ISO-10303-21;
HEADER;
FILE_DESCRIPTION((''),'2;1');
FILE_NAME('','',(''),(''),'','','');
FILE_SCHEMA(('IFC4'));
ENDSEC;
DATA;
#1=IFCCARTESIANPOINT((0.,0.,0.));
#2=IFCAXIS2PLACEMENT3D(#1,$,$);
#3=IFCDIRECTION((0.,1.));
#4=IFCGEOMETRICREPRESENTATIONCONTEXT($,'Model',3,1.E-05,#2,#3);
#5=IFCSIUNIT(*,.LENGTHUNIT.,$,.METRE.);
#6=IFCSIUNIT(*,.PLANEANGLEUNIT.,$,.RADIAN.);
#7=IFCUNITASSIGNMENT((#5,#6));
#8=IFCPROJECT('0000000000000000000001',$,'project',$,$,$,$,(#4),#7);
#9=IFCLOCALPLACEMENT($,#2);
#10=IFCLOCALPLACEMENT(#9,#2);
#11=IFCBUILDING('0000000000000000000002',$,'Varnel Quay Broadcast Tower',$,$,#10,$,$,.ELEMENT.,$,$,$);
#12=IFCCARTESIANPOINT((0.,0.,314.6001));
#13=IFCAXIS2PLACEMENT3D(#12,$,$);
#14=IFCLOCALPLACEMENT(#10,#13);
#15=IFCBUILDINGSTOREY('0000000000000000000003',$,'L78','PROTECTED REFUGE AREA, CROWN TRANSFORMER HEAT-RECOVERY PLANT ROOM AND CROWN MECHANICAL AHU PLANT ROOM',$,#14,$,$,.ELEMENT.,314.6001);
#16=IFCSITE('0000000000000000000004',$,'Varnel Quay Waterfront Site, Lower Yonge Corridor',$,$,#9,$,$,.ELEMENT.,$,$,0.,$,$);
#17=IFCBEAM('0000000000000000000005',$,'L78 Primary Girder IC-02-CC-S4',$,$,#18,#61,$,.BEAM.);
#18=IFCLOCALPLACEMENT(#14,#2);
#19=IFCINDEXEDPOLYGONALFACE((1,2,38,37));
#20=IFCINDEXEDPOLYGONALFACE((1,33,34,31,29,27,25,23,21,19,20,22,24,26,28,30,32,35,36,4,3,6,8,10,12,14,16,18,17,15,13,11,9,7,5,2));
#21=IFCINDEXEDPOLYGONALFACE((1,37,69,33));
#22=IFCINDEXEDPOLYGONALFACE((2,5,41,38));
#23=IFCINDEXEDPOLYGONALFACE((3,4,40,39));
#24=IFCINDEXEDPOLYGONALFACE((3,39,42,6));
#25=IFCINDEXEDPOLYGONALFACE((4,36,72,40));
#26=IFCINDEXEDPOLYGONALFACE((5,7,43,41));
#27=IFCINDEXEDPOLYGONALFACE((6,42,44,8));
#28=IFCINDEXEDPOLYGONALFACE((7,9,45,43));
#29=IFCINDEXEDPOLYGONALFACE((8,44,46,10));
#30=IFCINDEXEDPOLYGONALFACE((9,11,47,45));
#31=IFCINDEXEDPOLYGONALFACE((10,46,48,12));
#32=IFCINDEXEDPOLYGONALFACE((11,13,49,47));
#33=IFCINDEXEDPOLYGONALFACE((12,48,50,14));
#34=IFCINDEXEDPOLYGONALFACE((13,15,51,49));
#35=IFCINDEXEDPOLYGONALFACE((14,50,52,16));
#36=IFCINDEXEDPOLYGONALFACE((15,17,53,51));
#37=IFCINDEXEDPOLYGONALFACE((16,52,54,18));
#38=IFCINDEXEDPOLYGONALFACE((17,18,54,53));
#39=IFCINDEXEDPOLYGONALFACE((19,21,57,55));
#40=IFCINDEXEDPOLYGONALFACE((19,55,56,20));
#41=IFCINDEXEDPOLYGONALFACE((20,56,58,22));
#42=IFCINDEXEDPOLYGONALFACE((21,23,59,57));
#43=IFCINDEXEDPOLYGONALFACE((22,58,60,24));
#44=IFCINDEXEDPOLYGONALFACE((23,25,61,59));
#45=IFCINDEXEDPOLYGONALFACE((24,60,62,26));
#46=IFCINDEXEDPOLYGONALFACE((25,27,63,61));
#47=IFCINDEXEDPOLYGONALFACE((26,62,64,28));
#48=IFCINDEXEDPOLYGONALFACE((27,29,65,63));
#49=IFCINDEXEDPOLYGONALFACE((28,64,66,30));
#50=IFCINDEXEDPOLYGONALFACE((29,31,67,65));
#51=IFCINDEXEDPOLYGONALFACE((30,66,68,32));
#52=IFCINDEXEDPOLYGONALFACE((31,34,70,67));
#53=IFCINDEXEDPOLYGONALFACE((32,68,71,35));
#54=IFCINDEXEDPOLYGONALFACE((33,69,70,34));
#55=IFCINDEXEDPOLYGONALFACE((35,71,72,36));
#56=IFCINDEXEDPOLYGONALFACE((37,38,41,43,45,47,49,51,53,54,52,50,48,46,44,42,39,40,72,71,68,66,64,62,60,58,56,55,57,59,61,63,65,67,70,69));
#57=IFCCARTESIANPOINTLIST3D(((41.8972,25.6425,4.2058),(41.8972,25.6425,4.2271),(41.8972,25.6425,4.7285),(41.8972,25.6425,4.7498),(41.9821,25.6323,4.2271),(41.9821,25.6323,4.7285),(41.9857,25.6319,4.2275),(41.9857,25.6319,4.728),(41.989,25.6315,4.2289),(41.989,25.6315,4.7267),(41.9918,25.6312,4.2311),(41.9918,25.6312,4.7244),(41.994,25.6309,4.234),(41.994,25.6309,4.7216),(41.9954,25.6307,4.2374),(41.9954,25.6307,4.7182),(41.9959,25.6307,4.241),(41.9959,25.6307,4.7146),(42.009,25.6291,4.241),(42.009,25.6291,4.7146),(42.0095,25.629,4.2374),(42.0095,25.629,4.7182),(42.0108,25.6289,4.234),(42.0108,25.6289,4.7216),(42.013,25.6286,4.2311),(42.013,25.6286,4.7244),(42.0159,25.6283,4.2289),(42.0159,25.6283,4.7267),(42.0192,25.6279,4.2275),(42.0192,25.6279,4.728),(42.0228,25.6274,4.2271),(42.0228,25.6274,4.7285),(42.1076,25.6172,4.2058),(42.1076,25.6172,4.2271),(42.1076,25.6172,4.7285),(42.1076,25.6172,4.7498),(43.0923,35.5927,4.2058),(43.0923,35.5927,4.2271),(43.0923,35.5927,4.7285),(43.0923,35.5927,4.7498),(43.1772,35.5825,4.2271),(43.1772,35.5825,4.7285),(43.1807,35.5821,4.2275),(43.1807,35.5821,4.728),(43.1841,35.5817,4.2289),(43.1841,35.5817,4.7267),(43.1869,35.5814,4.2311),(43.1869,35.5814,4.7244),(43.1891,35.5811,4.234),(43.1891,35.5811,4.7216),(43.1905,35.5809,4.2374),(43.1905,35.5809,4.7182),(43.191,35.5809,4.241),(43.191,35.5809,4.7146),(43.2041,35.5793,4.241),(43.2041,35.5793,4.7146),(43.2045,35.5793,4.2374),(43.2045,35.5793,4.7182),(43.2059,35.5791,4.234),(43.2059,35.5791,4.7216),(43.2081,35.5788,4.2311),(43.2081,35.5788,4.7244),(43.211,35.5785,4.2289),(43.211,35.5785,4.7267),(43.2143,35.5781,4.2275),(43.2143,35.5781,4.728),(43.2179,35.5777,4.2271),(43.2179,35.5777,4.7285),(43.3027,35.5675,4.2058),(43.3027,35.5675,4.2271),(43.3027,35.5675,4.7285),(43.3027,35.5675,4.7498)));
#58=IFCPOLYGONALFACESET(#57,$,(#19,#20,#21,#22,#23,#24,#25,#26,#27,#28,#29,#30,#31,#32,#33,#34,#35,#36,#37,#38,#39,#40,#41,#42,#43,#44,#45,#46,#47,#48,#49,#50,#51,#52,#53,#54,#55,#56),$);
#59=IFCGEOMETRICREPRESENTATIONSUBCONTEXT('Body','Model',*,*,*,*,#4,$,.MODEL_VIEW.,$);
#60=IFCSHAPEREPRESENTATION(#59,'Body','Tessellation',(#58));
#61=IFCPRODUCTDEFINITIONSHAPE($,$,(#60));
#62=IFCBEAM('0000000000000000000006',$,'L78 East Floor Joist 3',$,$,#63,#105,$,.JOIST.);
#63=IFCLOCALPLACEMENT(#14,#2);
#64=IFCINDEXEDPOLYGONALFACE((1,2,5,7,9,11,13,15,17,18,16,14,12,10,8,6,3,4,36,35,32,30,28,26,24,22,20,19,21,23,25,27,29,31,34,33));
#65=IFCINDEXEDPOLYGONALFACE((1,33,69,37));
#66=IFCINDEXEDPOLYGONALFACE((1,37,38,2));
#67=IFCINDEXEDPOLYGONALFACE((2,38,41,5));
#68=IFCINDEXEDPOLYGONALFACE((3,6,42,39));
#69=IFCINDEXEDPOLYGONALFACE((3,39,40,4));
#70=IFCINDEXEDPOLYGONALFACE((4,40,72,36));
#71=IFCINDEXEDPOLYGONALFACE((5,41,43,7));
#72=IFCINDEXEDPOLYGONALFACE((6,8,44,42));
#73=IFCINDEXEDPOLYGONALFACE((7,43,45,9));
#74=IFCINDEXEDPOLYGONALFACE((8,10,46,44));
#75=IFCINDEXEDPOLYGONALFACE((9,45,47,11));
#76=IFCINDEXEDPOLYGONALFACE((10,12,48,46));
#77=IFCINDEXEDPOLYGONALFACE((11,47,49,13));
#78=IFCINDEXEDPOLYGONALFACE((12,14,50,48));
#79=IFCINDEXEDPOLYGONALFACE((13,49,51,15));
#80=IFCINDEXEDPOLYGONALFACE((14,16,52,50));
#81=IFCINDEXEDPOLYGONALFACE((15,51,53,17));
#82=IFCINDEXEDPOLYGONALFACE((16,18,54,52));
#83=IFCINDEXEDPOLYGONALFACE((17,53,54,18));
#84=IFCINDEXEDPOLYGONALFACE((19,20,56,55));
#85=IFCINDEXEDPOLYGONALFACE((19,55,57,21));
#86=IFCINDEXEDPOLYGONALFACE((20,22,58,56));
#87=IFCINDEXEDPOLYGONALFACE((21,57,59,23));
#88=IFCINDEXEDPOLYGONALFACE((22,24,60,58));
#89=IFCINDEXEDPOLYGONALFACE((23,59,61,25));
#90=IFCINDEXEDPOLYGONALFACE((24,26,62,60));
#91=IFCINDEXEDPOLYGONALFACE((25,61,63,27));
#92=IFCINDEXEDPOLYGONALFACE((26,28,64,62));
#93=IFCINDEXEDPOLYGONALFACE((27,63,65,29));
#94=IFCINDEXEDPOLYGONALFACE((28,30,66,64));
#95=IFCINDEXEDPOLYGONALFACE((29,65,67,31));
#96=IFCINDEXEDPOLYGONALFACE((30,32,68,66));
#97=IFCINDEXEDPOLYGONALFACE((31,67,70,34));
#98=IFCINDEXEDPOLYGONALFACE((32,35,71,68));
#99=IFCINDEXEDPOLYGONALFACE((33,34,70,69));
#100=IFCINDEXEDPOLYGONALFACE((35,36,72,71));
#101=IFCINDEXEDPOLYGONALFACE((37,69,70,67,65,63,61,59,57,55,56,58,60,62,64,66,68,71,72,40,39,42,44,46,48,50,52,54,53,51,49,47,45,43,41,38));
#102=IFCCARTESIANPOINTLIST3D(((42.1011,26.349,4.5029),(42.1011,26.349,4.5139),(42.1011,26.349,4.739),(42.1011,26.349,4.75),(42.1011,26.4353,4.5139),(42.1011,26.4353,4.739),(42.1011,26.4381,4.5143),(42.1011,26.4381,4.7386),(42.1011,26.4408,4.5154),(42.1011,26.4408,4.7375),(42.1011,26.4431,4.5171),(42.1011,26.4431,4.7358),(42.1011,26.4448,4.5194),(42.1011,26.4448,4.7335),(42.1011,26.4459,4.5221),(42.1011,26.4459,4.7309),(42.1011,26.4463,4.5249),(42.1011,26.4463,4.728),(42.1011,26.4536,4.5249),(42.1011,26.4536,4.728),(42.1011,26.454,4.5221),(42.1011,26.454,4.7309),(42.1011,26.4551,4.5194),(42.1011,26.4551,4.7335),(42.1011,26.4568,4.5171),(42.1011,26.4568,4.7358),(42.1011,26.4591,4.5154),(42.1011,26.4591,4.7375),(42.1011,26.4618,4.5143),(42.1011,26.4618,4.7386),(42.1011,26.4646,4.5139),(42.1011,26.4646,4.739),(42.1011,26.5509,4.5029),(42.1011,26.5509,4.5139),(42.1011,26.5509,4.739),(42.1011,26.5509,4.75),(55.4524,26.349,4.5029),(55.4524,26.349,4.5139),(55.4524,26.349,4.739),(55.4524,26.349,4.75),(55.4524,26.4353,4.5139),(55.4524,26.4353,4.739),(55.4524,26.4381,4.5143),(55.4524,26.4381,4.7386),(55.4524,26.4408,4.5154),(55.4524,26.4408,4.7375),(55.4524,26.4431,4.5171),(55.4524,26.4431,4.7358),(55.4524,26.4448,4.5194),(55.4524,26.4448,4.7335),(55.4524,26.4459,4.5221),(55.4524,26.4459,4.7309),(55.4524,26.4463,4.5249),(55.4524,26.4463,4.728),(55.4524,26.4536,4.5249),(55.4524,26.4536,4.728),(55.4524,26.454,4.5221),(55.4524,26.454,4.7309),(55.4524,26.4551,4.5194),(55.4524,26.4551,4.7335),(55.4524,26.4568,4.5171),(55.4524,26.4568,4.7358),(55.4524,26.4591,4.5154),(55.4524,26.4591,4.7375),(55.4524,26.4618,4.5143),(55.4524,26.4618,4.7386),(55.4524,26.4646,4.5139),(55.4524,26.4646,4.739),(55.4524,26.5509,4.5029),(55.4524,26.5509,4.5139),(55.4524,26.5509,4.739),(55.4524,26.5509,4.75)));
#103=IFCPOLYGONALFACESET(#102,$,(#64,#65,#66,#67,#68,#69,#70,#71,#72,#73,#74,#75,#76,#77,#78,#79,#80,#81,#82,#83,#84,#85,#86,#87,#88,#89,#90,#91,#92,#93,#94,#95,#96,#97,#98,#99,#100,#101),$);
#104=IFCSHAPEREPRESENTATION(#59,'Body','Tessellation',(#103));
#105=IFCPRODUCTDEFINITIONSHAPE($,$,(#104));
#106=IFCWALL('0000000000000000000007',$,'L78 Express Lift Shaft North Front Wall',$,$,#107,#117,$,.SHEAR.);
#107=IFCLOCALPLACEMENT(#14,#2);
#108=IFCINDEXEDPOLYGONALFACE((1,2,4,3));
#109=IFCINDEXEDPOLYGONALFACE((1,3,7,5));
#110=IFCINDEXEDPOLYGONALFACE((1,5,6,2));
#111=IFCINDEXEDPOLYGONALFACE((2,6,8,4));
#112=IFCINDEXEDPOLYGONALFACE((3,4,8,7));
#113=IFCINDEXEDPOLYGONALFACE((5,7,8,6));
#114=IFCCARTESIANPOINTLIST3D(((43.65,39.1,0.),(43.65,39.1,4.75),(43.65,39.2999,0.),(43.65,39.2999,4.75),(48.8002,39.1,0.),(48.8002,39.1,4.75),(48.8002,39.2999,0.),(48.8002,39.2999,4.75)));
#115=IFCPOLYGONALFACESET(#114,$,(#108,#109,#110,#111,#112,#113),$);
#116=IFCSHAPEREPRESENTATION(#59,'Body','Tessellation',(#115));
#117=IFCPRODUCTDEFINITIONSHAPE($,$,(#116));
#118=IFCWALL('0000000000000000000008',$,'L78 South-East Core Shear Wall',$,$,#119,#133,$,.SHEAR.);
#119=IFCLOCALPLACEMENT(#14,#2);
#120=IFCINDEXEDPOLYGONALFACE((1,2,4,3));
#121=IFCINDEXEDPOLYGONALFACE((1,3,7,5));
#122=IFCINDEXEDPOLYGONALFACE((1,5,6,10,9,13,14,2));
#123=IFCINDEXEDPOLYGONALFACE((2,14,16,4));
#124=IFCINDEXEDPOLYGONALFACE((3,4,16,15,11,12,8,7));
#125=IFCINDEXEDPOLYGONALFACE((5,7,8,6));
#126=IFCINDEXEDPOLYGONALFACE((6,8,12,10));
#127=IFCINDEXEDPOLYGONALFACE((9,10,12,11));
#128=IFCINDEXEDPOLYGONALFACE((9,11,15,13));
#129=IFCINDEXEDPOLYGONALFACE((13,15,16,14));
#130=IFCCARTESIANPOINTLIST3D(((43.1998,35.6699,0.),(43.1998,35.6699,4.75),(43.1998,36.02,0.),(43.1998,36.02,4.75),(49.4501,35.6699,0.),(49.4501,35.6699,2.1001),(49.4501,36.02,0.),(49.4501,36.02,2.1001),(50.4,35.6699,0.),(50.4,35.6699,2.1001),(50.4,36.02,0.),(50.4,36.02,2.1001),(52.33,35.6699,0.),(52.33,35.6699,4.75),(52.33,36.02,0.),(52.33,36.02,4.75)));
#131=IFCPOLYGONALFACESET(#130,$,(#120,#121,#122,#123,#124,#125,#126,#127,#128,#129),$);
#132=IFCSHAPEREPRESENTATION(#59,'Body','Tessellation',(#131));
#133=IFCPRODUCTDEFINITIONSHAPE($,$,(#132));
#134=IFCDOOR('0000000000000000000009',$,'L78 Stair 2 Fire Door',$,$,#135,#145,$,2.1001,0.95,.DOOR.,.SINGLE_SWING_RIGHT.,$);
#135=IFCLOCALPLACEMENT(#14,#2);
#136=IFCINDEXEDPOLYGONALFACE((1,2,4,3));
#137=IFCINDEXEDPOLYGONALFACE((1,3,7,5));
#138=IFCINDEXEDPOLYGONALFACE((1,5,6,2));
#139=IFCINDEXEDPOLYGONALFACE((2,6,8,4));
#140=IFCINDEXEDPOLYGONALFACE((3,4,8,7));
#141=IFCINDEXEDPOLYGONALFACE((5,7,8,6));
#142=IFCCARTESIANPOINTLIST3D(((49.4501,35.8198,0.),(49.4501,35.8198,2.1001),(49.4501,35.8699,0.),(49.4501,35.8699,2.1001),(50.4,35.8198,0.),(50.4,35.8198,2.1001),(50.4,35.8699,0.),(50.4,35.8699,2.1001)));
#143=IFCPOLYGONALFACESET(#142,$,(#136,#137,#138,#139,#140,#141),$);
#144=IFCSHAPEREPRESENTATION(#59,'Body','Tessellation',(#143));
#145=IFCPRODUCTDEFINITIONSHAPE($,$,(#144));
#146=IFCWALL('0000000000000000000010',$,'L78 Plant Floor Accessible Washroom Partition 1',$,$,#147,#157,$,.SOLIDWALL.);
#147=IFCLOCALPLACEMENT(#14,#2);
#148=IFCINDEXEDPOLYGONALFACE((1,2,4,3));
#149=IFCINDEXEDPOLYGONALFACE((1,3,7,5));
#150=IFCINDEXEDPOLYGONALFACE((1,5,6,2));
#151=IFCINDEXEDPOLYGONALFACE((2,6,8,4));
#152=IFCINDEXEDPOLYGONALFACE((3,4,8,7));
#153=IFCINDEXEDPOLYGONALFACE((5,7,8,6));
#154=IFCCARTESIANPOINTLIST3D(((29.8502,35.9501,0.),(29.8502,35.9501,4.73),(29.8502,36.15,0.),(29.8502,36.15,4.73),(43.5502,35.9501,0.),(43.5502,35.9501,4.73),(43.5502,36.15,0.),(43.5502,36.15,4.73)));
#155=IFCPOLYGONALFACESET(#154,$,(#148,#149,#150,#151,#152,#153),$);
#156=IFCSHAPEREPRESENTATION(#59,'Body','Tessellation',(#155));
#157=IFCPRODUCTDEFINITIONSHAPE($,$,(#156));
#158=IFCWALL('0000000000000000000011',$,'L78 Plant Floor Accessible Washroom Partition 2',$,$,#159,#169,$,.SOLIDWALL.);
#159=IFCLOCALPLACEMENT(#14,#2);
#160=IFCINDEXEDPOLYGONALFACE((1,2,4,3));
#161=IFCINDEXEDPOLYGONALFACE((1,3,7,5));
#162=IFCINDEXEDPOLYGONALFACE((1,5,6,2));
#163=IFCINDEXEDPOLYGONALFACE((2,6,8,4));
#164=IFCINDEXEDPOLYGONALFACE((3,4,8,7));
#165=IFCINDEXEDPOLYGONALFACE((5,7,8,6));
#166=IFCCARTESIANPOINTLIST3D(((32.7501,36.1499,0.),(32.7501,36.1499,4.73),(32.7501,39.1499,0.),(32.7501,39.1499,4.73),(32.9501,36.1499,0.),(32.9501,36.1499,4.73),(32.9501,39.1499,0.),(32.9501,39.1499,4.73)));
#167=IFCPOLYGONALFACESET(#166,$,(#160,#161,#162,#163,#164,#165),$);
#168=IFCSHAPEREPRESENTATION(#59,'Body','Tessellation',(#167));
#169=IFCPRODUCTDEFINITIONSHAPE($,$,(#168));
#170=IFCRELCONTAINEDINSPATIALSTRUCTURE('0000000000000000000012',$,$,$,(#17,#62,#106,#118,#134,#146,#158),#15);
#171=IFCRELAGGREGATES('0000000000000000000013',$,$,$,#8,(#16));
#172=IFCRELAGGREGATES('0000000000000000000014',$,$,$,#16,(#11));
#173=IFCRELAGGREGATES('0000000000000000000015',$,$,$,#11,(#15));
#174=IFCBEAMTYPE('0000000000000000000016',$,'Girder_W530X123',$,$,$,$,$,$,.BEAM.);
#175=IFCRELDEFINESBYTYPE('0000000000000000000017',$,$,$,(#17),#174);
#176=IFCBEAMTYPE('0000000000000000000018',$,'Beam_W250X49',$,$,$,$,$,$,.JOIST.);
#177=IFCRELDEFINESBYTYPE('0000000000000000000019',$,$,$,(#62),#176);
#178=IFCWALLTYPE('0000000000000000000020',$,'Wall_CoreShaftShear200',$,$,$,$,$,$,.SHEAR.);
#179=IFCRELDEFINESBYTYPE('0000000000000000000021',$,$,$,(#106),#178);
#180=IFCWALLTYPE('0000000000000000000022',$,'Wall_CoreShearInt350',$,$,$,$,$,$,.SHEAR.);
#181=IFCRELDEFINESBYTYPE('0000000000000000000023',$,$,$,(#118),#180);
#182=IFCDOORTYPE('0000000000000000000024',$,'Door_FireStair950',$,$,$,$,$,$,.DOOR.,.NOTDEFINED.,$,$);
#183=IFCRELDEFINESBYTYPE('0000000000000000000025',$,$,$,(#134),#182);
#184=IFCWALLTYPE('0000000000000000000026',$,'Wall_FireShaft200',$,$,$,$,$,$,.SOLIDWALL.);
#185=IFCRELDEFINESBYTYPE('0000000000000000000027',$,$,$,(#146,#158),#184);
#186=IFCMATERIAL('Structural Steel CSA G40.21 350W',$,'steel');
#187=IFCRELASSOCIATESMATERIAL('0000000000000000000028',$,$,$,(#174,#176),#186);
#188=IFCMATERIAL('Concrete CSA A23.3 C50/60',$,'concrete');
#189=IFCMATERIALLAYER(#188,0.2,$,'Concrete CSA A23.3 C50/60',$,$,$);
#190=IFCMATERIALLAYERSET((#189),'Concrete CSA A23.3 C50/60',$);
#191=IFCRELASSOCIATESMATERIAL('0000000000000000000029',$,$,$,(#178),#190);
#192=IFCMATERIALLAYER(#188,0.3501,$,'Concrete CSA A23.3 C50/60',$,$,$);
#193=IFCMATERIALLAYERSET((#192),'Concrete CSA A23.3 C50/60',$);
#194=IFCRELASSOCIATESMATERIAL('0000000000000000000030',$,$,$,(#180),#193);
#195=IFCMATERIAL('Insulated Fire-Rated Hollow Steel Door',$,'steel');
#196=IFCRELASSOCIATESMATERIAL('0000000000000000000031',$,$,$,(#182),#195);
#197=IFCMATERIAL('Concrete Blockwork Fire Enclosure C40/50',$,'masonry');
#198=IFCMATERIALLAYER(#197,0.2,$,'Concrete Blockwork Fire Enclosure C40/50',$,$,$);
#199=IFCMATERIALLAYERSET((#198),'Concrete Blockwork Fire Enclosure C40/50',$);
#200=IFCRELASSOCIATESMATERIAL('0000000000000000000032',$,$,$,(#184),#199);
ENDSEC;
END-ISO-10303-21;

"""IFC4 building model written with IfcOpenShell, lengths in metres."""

from ifc_helpers import new_model, si_unit, direction, frame, frame_2d, origin, origin_2d, place, context, subcontext, project, spatial, rectangle, i_section, extrude, source, transform, mapped, material, layer, layer_set, material_profile, profile_set, type_object, type_shapes, element, fill, save


model = new_model("IFC4")

# Units and contexts
model_context = context("Model", 3, precision=1e-05, world=origin(), true_north=direction((0.0, 1.0)))
body_context = subcontext(model_context, "Body", "Model", "MODEL_VIEW")
ifc_project = project(units=[si_unit("LENGTHUNIT", "METRE"), si_unit("PLANEANGLEUNIT", "RADIAN")], contexts=[model_context])

# Site, building, storey
site_placement = place(None, origin())
site = spatial("IfcSite", under=ifc_project, at=site_placement, Name="Varnel Quay Waterfront Site, Lower Yonge Corridor", CompositionType="ELEMENT", RefElevation=0.0)
building_placement = place(site_placement, origin())
building = spatial("IfcBuilding", under=site, at=building_placement, Name="Varnel Quay Broadcast Tower", CompositionType="ELEMENT")
storey_placement = place(building_placement, frame((0.0, 0.0, 314.6001)))
storey = spatial("IfcBuildingStorey", under=building, at=storey_placement, Name="L78", Description="PROTECTED REFUGE AREA, CROWN TRANSFORMER HEAT-RECOVERY PLANT ROOM AND CROWN MECHANICAL AHU PLANT ROOM", CompositionType="ELEMENT", Elevation=314.6001)

# Beams
ifc_material_1 = material(Name="Concrete CSA A23.3 C50/60", Category="concrete")
ifc_material_2 = material(Name="Structural Steel CSA G40.21 350W", Category="steel")
ifc_material_profile_1 = material_profile(ifc_material_2, i_section(OverallWidth=0.2119, OverallDepth=0.5439, WebThickness=0.0132, FlangeThickness=0.0212, FilletRadius=0.0139, at=origin_2d()), Name="W530X123")
ifc_profile_set_1 = profile_set([ifc_material_profile_1], Name="Structural Steel CSA G40.21 350W")
beam_type_1 = type_object("IfcBeamType", Name="Girder_W530X123", PredefinedType="BEAM", material=ifc_profile_set_1)
shared_shape_1 = source(origin(), body_context, "Body", "SweptSolid", [
    extrude(i_section(OverallWidth=0.2119, OverallDepth=0.5439, WebThickness=0.0132, FlangeThickness=0.0212, FilletRadius=0.0139, at=origin_2d()), origin(), (0.0, 0.0, 1.0), 10.0217),
])
type_shapes(beam_type_1, [shared_shape_1])
beam_1_placement = place(storey_placement, frame((42.0024, 25.6299, 4.4778), z_axis=(0.119248, 0.992864, 0.0), x_axis=(-0.992864, 0.119248, 0.0)))
element("IfcBeam", 1, at=beam_1_placement, inside=storey, type_object=beam_type_1, Name="L78 Primary Girder IC-02-CC-S4", PredefinedType="BEAM", context=body_context, shape_type="MappedRepresentation", body=[
    mapped(shared_shape_1, transform((0.0, 0.0, 0.0), x_axis=(1.0, 0.0, 0.0), y_axis=(0.0, 1.0, 0.0), z_axis=(0.0, 0.0, 1.0), scale=1.0)),
])
ifc_material_profile_2 = material_profile(ifc_material_2, i_section(OverallWidth=0.2019, OverallDepth=0.2471, WebThickness=0.0073, FlangeThickness=0.011, FilletRadius=0.011, at=origin_2d()), Name="W250X49")
ifc_profile_set_2 = profile_set([ifc_material_profile_2], Name="Structural Steel CSA G40.21 350W")
beam_type_2 = type_object("IfcBeamType", Name="Beam_W250X49", PredefinedType="JOIST", material=ifc_profile_set_2)
shared_shape_2 = source(origin(), body_context, "Body", "SweptSolid", [
    extrude(i_section(OverallWidth=0.2019, OverallDepth=0.2471, WebThickness=0.0073, FlangeThickness=0.011, FilletRadius=0.011, at=origin_2d()), origin(), (0.0, 0.0, 1.0), 13.3513),
])
type_shapes(beam_type_2, [shared_shape_2])
beam_2_placement = place(storey_placement, frame((42.1011, 26.45, 4.6265), z_axis=(1.0, 0.0, 0.0), x_axis=(0.0, 1.0, 0.0)))
element("IfcBeam", 2, at=beam_2_placement, inside=storey, type_object=beam_type_2, Name="L78 East Floor Joist 3", PredefinedType="JOIST", context=body_context, shape_type="MappedRepresentation", body=[
    mapped(shared_shape_2, transform((0.0, 0.0, 0.0), x_axis=(1.0, 0.0, 0.0), y_axis=(0.0, 1.0, 0.0), z_axis=(0.0, 0.0, 1.0), scale=1.0)),
])

# Wall
ifc_layer_1 = layer(ifc_material_1, 0.2, Name="Concrete CSA A23.3 C50/60")
ifc_layer_set_1 = layer_set([ifc_layer_1], Name="Concrete CSA A23.3 C50/60")
wall_type_1 = type_object("IfcWallType", Name="Wall_CoreShaftShear200", PredefinedType="SHEAR", material=ifc_layer_set_1)
wall_1_placement = place(storey_placement, frame((43.6499, 39.2, 0.0), z_axis=(0.0, 0.0, 1.0), x_axis=(1.0, 0.0, 0.0)))
element("IfcWall", 3, at=wall_1_placement, inside=storey, type_object=wall_type_1, Name="L78 Express Lift Shaft North Front Wall", PredefinedType="SHEAR", context=body_context, shape_type="SweptSolid", body=[
    extrude(rectangle(XDim=5.1501, YDim=0.2, at=frame_2d((2.5752, 0.0))), origin(), (0.0, 0.0, 1.0), 4.75),
])

# Wall, opening, door
ifc_layer_2 = layer(ifc_material_1, 0.3501, Name="Concrete CSA A23.3 C50/60")
ifc_layer_set_2 = layer_set([ifc_layer_2], Name="Concrete CSA A23.3 C50/60")
wall_type_2 = type_object("IfcWallType", Name="Wall_CoreShearInt350", PredefinedType="SHEAR", material=ifc_layer_set_2)
wall_2_placement = place(storey_placement, frame((43.2, 35.845, 0.0), z_axis=(0.0, 0.0, 1.0), x_axis=(1.0, 0.0, 0.0)))
wall_2 = element("IfcWall", 4, at=wall_2_placement, inside=storey, type_object=wall_type_2, Name="L78 South-East Core Shear Wall", PredefinedType="SHEAR", context=body_context, shape_type="SweptSolid", body=[
    extrude(rectangle(XDim=9.1301, YDim=0.3501, at=frame_2d((4.5649, 0.0))), origin(), (0.0, 0.0, 1.0), 4.75),
])
opening_1_placement = place(wall_2_placement, frame((6.25, 0.0, 0.0)))
opening_1 = element("IfcOpeningElement", 5, at=opening_1_placement, cuts=wall_2, PredefinedType="OPENING", context=body_context, shape_type="SweptSolid", body=[
    extrude(rectangle(XDim=0.95, YDim=2.1001, at=frame_2d((0.4751, 1.05))), frame((0.0, 0.1851, 0.0), z_axis=(0.0, -1.0, 0.0), x_axis=(1.0, 0.0, 0.0)), (0.0, 0.0, 1.0), 0.3701),
])
ifc_material_3 = material(Name="Insulated Fire-Rated Hollow Steel Door", Category="steel")
door_type_1 = type_object("IfcDoorType", Name="Door_FireStair950", OperationType="NOTDEFINED", PredefinedType="DOOR", material=ifc_material_3)
shared_shape_3 = source(origin(), body_context, "Body", "SweptSolid", [
    extrude(rectangle(XDim=0.95, YDim=2.1001, at=frame_2d((0.4751, 1.05))), frame((0.0, 0.0249, 0.0), z_axis=(0.0, -1.0, 0.0), x_axis=(1.0, 0.0, 0.0)), (0.0, 0.0, 1.0), 0.05),
])
type_shapes(door_type_1, [shared_shape_3])
door_1_placement = place(opening_1_placement, origin())
door_1 = element("IfcDoor", 6, at=door_1_placement, inside=storey, type_object=door_type_1, Name="L78 Stair 2 Fire Door", OperationType="SINGLE_SWING_RIGHT", OverallHeight=2.1001, OverallWidth=0.95, PredefinedType="DOOR", context=body_context, shape_type="MappedRepresentation", body=[
    mapped(shared_shape_3, transform((0.0, 0.0, 0.0), x_axis=(1.0, 0.0, 0.0), y_axis=(0.0, 1.0, 0.0), z_axis=(0.0, 0.0, 1.0), scale=1.0)),
])
fill(opening_1, door_1)

# Walls
ifc_material_4 = material(Name="Concrete Blockwork Fire Enclosure C40/50", Category="masonry")
ifc_layer_3 = layer(ifc_material_4, 0.2, Name="Concrete Blockwork Fire Enclosure C40/50")
ifc_layer_set_3 = layer_set([ifc_layer_3], Name="Concrete Blockwork Fire Enclosure C40/50")
wall_type_3 = type_object("IfcWallType", Name="Wall_FireShaft200", PredefinedType="SOLIDWALL", material=ifc_layer_set_3)
wall_3_placement = place(storey_placement, frame((29.8501, 36.05, 0.0), z_axis=(0.0, 0.0, 1.0), x_axis=(1.0, 0.0, 0.0)))
element("IfcWall", 7, at=wall_3_placement, inside=storey, type_object=wall_type_3, Name="L78 Plant Floor Accessible Washroom Partition 1", PredefinedType="SOLIDWALL", context=body_context, shape_type="SweptSolid", body=[
    extrude(rectangle(XDim=13.7, YDim=0.2, at=frame_2d((6.8501, 0.0))), origin(), (0.0, 0.0, 1.0), 4.73),
])
wall_4_placement = place(storey_placement, frame((32.8501, 36.1499, 0.0), z_axis=(0.0, 0.0, 1.0), x_axis=(0.0, 1.0, 0.0)))
element("IfcWall", 8, at=wall_4_placement, inside=storey, type_object=wall_type_3, Name="L78 Plant Floor Accessible Washroom Partition 2", PredefinedType="SOLIDWALL", context=body_context, shape_type="SweptSolid", body=[
    extrude(rectangle(XDim=3.0, YDim=0.2, at=frame_2d((1.5, 0.0))), origin(), (0.0, 0.0, 1.0), 4.73),
])

save(model, "model.ifc")
